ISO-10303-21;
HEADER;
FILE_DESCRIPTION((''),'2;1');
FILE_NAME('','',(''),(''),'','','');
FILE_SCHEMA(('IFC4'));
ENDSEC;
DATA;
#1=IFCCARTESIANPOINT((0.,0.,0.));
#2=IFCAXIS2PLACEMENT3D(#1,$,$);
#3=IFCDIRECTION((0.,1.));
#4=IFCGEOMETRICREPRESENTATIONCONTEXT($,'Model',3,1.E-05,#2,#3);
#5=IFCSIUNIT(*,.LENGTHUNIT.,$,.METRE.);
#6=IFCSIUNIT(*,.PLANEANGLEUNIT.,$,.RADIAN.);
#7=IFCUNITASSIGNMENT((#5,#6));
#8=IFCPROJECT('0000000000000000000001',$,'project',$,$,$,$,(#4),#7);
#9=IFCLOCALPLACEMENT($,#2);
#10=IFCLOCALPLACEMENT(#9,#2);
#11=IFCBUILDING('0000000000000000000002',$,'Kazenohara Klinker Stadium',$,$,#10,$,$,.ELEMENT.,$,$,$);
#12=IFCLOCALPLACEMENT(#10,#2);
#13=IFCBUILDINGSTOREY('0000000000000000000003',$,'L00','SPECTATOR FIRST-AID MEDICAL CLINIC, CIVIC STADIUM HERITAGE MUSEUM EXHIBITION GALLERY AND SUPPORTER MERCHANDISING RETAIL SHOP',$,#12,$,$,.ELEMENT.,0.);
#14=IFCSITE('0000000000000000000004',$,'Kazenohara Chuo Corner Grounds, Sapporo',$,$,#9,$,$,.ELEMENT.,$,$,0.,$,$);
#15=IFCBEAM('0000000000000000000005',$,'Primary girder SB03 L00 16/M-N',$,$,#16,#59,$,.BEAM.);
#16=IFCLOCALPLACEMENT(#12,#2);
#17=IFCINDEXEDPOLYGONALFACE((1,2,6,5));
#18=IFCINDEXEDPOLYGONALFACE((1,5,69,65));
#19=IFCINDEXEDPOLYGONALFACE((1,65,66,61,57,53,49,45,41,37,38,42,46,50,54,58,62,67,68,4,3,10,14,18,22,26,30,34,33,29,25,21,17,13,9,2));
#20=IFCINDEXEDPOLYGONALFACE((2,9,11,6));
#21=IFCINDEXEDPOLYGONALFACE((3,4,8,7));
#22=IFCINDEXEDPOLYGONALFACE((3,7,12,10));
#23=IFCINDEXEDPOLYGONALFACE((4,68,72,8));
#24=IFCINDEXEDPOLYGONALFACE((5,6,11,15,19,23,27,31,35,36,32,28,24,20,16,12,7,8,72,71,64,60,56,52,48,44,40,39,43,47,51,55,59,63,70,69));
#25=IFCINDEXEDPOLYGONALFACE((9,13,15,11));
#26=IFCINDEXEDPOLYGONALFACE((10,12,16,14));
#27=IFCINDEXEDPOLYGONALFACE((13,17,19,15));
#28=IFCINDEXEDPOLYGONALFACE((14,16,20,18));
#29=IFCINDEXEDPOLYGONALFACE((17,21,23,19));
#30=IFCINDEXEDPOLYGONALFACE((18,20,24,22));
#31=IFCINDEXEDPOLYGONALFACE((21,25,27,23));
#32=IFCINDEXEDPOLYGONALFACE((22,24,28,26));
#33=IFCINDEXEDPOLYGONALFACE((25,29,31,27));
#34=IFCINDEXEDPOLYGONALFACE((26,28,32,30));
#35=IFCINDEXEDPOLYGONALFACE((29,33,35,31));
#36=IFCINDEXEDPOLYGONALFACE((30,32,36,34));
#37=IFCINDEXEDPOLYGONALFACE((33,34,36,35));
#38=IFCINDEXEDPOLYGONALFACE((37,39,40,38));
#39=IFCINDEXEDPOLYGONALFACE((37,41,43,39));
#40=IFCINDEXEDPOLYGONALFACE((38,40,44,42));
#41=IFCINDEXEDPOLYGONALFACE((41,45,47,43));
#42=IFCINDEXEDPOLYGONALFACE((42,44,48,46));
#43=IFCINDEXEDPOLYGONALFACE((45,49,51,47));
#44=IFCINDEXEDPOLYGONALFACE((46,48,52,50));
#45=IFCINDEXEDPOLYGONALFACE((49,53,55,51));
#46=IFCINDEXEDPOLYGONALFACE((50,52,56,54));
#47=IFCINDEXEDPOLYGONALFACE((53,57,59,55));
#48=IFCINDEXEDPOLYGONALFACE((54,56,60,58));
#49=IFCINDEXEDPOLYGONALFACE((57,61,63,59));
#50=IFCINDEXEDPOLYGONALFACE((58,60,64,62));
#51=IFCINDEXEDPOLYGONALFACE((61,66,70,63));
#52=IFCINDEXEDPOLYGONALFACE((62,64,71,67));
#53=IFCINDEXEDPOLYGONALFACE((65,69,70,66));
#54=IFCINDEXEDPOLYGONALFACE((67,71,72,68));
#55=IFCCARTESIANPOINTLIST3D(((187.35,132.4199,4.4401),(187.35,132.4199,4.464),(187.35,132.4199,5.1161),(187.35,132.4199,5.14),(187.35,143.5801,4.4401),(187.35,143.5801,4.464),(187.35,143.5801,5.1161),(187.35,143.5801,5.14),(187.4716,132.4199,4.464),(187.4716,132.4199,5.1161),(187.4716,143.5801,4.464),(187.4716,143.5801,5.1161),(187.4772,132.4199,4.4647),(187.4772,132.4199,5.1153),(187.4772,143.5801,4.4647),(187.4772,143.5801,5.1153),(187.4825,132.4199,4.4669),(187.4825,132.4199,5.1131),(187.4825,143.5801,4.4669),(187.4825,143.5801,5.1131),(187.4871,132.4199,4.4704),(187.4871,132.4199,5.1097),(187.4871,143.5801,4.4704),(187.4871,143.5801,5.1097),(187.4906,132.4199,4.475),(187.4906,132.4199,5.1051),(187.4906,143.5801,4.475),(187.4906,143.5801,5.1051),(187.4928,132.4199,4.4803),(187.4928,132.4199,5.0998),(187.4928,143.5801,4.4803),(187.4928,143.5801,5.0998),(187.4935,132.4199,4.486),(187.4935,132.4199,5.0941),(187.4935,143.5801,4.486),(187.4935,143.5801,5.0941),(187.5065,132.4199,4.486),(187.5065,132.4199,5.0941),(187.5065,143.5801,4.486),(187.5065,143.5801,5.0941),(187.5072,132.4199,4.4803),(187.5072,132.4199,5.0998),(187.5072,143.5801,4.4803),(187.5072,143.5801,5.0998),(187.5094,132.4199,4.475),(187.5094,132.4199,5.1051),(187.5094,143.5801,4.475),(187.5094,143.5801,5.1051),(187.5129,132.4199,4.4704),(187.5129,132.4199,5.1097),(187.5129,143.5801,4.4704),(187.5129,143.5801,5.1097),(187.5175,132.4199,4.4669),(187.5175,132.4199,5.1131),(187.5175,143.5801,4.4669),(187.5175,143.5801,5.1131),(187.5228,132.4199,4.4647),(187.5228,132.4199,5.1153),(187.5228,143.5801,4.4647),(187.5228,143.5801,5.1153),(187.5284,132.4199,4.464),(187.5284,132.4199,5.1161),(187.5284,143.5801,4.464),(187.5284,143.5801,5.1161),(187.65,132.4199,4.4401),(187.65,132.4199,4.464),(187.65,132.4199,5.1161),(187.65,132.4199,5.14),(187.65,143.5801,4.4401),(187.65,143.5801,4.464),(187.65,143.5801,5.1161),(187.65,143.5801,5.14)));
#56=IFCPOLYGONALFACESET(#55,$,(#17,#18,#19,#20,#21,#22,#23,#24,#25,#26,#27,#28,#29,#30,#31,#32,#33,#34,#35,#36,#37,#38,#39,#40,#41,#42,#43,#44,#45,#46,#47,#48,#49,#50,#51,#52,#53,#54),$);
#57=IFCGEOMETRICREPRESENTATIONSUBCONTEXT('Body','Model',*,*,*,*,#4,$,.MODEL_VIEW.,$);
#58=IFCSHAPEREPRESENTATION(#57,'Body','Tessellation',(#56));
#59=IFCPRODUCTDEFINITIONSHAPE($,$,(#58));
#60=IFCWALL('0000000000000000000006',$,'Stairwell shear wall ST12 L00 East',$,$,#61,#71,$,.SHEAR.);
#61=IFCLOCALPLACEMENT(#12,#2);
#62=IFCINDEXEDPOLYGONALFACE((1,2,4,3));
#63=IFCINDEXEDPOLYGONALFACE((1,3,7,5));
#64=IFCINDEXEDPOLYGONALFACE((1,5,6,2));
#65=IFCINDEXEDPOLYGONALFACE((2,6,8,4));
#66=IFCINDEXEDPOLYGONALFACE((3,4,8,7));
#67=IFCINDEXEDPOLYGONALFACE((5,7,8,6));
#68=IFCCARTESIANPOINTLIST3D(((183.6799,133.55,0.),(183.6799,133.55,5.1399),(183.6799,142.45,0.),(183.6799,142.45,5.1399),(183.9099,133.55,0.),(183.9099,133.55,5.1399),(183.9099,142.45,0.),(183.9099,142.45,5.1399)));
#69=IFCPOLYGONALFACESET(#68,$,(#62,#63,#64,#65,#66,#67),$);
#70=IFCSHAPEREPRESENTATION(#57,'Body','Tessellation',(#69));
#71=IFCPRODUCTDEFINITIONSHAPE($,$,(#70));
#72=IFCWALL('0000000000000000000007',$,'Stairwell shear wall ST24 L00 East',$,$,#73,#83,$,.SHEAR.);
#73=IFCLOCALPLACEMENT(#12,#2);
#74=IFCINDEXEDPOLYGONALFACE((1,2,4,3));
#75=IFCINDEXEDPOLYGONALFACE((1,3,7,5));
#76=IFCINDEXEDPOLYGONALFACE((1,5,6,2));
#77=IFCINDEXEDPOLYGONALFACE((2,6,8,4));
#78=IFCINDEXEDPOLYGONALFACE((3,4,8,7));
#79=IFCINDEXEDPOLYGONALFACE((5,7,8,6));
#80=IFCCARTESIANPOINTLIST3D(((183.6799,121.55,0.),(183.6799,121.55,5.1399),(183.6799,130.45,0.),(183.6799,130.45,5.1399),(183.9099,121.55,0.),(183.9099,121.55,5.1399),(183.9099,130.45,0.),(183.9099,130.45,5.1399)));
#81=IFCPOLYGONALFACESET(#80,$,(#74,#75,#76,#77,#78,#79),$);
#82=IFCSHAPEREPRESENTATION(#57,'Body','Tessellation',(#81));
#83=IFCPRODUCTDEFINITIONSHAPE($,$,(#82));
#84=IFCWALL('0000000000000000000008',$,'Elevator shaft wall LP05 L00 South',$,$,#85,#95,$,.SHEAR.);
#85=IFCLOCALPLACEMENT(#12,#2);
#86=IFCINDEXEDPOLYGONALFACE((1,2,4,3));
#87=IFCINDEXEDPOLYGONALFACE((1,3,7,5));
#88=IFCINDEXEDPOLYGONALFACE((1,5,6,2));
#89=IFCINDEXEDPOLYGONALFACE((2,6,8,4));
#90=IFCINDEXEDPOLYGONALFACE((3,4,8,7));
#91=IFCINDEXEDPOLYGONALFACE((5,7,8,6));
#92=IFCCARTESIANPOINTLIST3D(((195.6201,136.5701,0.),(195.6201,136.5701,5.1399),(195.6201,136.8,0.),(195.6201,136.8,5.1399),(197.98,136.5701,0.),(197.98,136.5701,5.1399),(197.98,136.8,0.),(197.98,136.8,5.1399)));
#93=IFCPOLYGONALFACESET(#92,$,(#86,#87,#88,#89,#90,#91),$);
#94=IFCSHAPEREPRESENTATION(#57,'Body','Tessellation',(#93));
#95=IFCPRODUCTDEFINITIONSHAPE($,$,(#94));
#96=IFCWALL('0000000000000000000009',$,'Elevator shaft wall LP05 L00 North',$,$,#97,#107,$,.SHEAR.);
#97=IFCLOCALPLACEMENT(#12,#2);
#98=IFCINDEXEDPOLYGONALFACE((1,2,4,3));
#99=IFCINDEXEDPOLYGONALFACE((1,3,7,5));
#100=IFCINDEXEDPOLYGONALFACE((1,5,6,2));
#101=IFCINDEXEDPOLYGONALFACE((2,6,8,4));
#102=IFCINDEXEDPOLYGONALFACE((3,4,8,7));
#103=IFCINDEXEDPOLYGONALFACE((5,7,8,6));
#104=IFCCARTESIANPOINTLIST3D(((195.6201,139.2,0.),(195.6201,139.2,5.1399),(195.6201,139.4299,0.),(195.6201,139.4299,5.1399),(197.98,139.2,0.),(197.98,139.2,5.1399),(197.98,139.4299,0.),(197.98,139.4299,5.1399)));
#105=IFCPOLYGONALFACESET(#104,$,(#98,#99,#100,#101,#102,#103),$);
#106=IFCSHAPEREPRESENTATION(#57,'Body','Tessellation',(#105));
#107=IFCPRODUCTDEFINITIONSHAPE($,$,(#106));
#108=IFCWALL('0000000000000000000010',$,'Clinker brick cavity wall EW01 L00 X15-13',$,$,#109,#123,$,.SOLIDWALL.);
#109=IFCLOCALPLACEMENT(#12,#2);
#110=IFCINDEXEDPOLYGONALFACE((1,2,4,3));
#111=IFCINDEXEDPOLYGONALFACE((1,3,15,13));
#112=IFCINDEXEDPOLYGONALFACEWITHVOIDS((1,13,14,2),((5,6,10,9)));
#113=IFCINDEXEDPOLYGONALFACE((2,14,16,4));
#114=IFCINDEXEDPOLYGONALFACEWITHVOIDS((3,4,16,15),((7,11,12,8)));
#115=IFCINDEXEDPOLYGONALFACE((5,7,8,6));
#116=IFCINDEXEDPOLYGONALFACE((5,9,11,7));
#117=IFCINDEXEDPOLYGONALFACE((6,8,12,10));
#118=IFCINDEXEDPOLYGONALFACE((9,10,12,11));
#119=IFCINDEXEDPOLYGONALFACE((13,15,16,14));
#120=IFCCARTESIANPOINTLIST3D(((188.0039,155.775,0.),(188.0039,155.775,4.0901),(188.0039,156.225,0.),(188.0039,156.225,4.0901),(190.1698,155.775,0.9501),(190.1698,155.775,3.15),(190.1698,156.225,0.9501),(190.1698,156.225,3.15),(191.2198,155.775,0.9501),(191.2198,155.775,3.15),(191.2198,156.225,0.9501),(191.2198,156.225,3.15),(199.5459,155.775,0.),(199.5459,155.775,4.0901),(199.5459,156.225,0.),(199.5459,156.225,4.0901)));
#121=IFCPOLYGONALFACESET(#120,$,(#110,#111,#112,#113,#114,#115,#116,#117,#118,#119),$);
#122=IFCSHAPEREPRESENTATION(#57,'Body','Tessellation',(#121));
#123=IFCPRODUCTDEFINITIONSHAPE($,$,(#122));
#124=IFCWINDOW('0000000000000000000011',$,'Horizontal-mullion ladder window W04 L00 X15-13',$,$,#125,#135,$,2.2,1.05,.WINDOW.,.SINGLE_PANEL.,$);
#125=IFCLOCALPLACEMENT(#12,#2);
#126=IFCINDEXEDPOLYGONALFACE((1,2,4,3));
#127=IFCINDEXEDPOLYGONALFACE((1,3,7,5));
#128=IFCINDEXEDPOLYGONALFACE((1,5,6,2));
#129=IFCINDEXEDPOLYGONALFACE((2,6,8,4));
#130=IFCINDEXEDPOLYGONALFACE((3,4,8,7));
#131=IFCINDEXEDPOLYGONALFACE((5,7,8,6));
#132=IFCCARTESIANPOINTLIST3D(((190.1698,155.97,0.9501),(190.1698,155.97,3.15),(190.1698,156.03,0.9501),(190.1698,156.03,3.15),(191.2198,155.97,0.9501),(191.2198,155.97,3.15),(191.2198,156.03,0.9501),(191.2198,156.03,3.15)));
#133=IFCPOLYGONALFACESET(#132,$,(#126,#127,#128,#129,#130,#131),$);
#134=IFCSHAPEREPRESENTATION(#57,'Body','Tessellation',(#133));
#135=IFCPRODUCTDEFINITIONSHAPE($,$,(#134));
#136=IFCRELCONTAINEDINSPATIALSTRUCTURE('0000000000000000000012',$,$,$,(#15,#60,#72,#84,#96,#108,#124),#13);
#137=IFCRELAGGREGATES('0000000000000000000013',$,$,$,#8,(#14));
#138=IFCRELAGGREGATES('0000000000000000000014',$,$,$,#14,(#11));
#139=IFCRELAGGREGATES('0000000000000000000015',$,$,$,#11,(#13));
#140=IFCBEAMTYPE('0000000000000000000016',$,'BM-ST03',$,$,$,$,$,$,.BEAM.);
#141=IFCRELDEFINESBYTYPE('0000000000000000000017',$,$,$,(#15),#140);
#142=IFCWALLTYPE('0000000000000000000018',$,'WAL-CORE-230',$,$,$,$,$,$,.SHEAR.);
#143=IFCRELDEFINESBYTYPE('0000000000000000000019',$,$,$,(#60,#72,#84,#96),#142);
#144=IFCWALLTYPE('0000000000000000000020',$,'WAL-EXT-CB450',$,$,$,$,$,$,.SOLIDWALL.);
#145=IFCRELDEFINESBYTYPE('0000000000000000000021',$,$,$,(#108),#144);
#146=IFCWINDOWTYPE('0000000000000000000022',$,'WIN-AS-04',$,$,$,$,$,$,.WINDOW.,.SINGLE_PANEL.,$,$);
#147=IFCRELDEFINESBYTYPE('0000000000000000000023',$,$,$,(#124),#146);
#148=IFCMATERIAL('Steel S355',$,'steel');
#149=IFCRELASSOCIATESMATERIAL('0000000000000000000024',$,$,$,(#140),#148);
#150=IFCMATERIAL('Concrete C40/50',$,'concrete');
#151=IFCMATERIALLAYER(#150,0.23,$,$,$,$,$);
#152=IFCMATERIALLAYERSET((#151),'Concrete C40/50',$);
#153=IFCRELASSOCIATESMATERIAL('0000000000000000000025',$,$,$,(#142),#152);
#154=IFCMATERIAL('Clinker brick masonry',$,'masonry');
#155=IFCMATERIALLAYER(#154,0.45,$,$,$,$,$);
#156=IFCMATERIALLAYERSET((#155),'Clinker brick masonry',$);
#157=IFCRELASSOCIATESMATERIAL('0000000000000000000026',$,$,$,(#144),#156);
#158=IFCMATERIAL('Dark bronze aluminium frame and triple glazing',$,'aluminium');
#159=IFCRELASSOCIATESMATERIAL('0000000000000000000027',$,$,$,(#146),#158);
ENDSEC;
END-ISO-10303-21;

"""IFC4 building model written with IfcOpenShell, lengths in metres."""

from ifc_helpers import new_model, si_unit, direction, frame, frame_2d, origin, origin_2d, place, context, subcontext, project, spatial, rectangle, i_section, extrude, material, layer, layer_set, material_profile, profile_set, type_object, element, fill, save


model = new_model("IFC4")

# Units and contexts
model_context = context("Model", 3, precision=1e-05, world=origin(), true_north=direction((0.0, 1.0)))
body_context = subcontext(model_context, "Body", "Model", "MODEL_VIEW")
ifc_project = project(units=[si_unit("LENGTHUNIT", "METRE"), si_unit("PLANEANGLEUNIT", "RADIAN")], contexts=[model_context])

# Site, building, storey
site_placement = place(None, origin())
site = spatial("IfcSite", under=ifc_project, at=site_placement, Name="Kazenohara Chuo Corner Grounds, Sapporo", CompositionType="ELEMENT", RefElevation=0.0)
building_placement = place(site_placement, origin())
building = spatial("IfcBuilding", under=site, at=building_placement, Name="Kazenohara Klinker Stadium", CompositionType="ELEMENT")
storey_placement = place(building_placement, origin())
storey = spatial("IfcBuildingStorey", under=building, at=storey_placement, Name="L00", Description="SPECTATOR FIRST-AID MEDICAL CLINIC, CIVIC STADIUM HERITAGE MUSEUM EXHIBITION GALLERY AND SUPPORTER MERCHANDISING RETAIL SHOP", CompositionType="ELEMENT", Elevation=0.0)

# Shared definitions
ifc_material_1 = material(Name="Concrete C40/50", Category="concrete")

# Beam
ifc_material_2 = material(Name="Steel S355", Category="steel")
ifc_material_profile_1 = material_profile(ifc_material_2, i_section(OverallWidth=0.3, OverallDepth=0.7, WebThickness=0.0129, FlangeThickness=0.0239, FilletRadius=0.022, at=origin_2d()), Name="H-700x300x13x24")
ifc_profile_set_1 = profile_set([ifc_material_profile_1], Name="Steel S355")
beam_type_1 = type_object("IfcBeamType", Name="BM-ST03", PredefinedType="BEAM", material=ifc_profile_set_1)
beam_1_placement = place(storey_placement, frame((187.5, 132.4199, 4.79), z_axis=(0.0, 1.0, 0.0), x_axis=(-1.0, 0.0, 0.0)))
element("IfcBeam", 1, at=beam_1_placement, inside=storey, type_object=beam_type_1, Name="Primary girder SB03 L00 16/M-N", PredefinedType="BEAM", context=body_context, shape_type="SweptSolid", body=[
    extrude(i_section(OverallWidth=0.3, OverallDepth=0.7, WebThickness=0.0129, FlangeThickness=0.0239, FilletRadius=0.022, at=origin_2d()), origin(), (0.0, 0.0, 1.0), 11.1602),
])

# Walls
ifc_layer_1 = layer(ifc_material_1, 0.23)
ifc_layer_set_1 = layer_set([ifc_layer_1], Name="Concrete C40/50")
wall_type_1 = type_object("IfcWallType", Name="WAL-CORE-230", PredefinedType="SHEAR", material=ifc_layer_set_1)
for number, where, z_axis, x_axis, name in (
    (2, (183.7949, 133.55, 0.0), (0.0, 0.0, 1.0), (0.0, 1.0, 0.0), "Stairwell shear wall ST12 L00 East"),
    (3, (183.7949, 121.55, 0.0), (0.0, 0.0, 1.0), (0.0, 1.0, 0.0), "Stairwell shear wall ST24 L00 East"),
):
    element("IfcWall", number, at=place(storey_placement, frame(where, z_axis=z_axis, x_axis=x_axis)), inside=storey, type_object=wall_type_1, Name=name, PredefinedType="SHEAR", context=body_context, shape_type="SweptSolid", body=[
        extrude(rectangle(XDim=8.8999, YDim=0.23, at=frame_2d((4.45, 0.0))), origin(), (0.0, 0.0, 1.0), 5.1399),
    ])
for number, where, z_axis, x_axis, name in (
    (4, (195.6201, 136.6851, 0.0), (0.0, 0.0, 1.0), (1.0, 0.0, 0.0), "Elevator shaft wall LP05 L00 South"),
    (5, (195.6201, 139.3149, 0.0), (0.0, 0.0, 1.0), (1.0, 0.0, 0.0), "Elevator shaft wall LP05 L00 North"),
):
    element("IfcWall", number, at=place(storey_placement, frame(where, z_axis=z_axis, x_axis=x_axis)), inside=storey, type_object=wall_type_1, Name=name, PredefinedType="SHEAR", context=body_context, shape_type="SweptSolid", body=[
        extrude(rectangle(XDim=2.3599, YDim=0.23, at=frame_2d((1.1799, 0.0))), origin(), (0.0, 0.0, 1.0), 5.1399),
    ])

# Wall, opening, window
ifc_material_3 = material(Name="Clinker brick masonry", Category="masonry")
ifc_layer_2 = layer(ifc_material_3, 0.45)
ifc_layer_set_2 = layer_set([ifc_layer_2], Name="Clinker brick masonry")
wall_type_2 = type_object("IfcWallType", Name="WAL-EXT-CB450", PredefinedType="SOLIDWALL", material=ifc_layer_set_2)
wall_1_placement = place(storey_placement, frame((188.0039, 156.0, 0.0), z_axis=(0.0, 0.0, 1.0), x_axis=(1.0, 0.0, 0.0)))
wall_1 = element("IfcWall", 6, at=wall_1_placement, inside=storey, type_object=wall_type_2, Name="Clinker brick cavity wall EW01 L00 X15-13", PredefinedType="SOLIDWALL", context=body_context, shape_type="SweptSolid", body=[
    extrude(rectangle(XDim=11.542, YDim=0.45, at=frame_2d((5.771, 0.0))), origin(), (0.0, 0.0, 1.0), 4.0901),
])
opening_1_placement = place(wall_1_placement, frame((2.166, 0.0, 0.95)))
opening_1 = element("IfcOpeningElement", 7, at=opening_1_placement, cuts=wall_1, PredefinedType="OPENING", context=body_context, shape_type="SweptSolid", body=[
    extrude(rectangle(XDim=1.05, YDim=2.2, at=frame_2d((0.5249, 1.1001))), frame((0.0, 0.2349, 0.0), z_axis=(0.0, -1.0, 0.0), x_axis=(1.0, 0.0, 0.0)), (0.0, 0.0, 1.0), 0.47),
])
ifc_material_4 = material(Name="Dark bronze aluminium frame and triple glazing", Category="aluminium")
window_type = type_object("IfcWindowType", Name="WIN-AS-04", PartitioningType="SINGLE_PANEL", PredefinedType="WINDOW", material=ifc_material_4)
window_placement = place(opening_1_placement, origin())
window = element("IfcWindow", 8, at=window_placement, inside=storey, type_object=window_type, Name="Horizontal-mullion ladder window W04 L00 X15-13", OverallHeight=2.2, OverallWidth=1.05, PartitioningType="SINGLE_PANEL", PredefinedType="WINDOW", context=body_context, shape_type="SweptSolid", body=[
    extrude(rectangle(XDim=1.05, YDim=2.2, at=frame_2d((0.5249, 1.1001))), frame((0.0, 0.03, 0.0), z_axis=(0.0, -1.0, 0.0), x_axis=(1.0, 0.0, 0.0)), (0.0, 0.0, 1.0), 0.0601),
])
fill(opening_1, window)

save(model, "model.ifc")
